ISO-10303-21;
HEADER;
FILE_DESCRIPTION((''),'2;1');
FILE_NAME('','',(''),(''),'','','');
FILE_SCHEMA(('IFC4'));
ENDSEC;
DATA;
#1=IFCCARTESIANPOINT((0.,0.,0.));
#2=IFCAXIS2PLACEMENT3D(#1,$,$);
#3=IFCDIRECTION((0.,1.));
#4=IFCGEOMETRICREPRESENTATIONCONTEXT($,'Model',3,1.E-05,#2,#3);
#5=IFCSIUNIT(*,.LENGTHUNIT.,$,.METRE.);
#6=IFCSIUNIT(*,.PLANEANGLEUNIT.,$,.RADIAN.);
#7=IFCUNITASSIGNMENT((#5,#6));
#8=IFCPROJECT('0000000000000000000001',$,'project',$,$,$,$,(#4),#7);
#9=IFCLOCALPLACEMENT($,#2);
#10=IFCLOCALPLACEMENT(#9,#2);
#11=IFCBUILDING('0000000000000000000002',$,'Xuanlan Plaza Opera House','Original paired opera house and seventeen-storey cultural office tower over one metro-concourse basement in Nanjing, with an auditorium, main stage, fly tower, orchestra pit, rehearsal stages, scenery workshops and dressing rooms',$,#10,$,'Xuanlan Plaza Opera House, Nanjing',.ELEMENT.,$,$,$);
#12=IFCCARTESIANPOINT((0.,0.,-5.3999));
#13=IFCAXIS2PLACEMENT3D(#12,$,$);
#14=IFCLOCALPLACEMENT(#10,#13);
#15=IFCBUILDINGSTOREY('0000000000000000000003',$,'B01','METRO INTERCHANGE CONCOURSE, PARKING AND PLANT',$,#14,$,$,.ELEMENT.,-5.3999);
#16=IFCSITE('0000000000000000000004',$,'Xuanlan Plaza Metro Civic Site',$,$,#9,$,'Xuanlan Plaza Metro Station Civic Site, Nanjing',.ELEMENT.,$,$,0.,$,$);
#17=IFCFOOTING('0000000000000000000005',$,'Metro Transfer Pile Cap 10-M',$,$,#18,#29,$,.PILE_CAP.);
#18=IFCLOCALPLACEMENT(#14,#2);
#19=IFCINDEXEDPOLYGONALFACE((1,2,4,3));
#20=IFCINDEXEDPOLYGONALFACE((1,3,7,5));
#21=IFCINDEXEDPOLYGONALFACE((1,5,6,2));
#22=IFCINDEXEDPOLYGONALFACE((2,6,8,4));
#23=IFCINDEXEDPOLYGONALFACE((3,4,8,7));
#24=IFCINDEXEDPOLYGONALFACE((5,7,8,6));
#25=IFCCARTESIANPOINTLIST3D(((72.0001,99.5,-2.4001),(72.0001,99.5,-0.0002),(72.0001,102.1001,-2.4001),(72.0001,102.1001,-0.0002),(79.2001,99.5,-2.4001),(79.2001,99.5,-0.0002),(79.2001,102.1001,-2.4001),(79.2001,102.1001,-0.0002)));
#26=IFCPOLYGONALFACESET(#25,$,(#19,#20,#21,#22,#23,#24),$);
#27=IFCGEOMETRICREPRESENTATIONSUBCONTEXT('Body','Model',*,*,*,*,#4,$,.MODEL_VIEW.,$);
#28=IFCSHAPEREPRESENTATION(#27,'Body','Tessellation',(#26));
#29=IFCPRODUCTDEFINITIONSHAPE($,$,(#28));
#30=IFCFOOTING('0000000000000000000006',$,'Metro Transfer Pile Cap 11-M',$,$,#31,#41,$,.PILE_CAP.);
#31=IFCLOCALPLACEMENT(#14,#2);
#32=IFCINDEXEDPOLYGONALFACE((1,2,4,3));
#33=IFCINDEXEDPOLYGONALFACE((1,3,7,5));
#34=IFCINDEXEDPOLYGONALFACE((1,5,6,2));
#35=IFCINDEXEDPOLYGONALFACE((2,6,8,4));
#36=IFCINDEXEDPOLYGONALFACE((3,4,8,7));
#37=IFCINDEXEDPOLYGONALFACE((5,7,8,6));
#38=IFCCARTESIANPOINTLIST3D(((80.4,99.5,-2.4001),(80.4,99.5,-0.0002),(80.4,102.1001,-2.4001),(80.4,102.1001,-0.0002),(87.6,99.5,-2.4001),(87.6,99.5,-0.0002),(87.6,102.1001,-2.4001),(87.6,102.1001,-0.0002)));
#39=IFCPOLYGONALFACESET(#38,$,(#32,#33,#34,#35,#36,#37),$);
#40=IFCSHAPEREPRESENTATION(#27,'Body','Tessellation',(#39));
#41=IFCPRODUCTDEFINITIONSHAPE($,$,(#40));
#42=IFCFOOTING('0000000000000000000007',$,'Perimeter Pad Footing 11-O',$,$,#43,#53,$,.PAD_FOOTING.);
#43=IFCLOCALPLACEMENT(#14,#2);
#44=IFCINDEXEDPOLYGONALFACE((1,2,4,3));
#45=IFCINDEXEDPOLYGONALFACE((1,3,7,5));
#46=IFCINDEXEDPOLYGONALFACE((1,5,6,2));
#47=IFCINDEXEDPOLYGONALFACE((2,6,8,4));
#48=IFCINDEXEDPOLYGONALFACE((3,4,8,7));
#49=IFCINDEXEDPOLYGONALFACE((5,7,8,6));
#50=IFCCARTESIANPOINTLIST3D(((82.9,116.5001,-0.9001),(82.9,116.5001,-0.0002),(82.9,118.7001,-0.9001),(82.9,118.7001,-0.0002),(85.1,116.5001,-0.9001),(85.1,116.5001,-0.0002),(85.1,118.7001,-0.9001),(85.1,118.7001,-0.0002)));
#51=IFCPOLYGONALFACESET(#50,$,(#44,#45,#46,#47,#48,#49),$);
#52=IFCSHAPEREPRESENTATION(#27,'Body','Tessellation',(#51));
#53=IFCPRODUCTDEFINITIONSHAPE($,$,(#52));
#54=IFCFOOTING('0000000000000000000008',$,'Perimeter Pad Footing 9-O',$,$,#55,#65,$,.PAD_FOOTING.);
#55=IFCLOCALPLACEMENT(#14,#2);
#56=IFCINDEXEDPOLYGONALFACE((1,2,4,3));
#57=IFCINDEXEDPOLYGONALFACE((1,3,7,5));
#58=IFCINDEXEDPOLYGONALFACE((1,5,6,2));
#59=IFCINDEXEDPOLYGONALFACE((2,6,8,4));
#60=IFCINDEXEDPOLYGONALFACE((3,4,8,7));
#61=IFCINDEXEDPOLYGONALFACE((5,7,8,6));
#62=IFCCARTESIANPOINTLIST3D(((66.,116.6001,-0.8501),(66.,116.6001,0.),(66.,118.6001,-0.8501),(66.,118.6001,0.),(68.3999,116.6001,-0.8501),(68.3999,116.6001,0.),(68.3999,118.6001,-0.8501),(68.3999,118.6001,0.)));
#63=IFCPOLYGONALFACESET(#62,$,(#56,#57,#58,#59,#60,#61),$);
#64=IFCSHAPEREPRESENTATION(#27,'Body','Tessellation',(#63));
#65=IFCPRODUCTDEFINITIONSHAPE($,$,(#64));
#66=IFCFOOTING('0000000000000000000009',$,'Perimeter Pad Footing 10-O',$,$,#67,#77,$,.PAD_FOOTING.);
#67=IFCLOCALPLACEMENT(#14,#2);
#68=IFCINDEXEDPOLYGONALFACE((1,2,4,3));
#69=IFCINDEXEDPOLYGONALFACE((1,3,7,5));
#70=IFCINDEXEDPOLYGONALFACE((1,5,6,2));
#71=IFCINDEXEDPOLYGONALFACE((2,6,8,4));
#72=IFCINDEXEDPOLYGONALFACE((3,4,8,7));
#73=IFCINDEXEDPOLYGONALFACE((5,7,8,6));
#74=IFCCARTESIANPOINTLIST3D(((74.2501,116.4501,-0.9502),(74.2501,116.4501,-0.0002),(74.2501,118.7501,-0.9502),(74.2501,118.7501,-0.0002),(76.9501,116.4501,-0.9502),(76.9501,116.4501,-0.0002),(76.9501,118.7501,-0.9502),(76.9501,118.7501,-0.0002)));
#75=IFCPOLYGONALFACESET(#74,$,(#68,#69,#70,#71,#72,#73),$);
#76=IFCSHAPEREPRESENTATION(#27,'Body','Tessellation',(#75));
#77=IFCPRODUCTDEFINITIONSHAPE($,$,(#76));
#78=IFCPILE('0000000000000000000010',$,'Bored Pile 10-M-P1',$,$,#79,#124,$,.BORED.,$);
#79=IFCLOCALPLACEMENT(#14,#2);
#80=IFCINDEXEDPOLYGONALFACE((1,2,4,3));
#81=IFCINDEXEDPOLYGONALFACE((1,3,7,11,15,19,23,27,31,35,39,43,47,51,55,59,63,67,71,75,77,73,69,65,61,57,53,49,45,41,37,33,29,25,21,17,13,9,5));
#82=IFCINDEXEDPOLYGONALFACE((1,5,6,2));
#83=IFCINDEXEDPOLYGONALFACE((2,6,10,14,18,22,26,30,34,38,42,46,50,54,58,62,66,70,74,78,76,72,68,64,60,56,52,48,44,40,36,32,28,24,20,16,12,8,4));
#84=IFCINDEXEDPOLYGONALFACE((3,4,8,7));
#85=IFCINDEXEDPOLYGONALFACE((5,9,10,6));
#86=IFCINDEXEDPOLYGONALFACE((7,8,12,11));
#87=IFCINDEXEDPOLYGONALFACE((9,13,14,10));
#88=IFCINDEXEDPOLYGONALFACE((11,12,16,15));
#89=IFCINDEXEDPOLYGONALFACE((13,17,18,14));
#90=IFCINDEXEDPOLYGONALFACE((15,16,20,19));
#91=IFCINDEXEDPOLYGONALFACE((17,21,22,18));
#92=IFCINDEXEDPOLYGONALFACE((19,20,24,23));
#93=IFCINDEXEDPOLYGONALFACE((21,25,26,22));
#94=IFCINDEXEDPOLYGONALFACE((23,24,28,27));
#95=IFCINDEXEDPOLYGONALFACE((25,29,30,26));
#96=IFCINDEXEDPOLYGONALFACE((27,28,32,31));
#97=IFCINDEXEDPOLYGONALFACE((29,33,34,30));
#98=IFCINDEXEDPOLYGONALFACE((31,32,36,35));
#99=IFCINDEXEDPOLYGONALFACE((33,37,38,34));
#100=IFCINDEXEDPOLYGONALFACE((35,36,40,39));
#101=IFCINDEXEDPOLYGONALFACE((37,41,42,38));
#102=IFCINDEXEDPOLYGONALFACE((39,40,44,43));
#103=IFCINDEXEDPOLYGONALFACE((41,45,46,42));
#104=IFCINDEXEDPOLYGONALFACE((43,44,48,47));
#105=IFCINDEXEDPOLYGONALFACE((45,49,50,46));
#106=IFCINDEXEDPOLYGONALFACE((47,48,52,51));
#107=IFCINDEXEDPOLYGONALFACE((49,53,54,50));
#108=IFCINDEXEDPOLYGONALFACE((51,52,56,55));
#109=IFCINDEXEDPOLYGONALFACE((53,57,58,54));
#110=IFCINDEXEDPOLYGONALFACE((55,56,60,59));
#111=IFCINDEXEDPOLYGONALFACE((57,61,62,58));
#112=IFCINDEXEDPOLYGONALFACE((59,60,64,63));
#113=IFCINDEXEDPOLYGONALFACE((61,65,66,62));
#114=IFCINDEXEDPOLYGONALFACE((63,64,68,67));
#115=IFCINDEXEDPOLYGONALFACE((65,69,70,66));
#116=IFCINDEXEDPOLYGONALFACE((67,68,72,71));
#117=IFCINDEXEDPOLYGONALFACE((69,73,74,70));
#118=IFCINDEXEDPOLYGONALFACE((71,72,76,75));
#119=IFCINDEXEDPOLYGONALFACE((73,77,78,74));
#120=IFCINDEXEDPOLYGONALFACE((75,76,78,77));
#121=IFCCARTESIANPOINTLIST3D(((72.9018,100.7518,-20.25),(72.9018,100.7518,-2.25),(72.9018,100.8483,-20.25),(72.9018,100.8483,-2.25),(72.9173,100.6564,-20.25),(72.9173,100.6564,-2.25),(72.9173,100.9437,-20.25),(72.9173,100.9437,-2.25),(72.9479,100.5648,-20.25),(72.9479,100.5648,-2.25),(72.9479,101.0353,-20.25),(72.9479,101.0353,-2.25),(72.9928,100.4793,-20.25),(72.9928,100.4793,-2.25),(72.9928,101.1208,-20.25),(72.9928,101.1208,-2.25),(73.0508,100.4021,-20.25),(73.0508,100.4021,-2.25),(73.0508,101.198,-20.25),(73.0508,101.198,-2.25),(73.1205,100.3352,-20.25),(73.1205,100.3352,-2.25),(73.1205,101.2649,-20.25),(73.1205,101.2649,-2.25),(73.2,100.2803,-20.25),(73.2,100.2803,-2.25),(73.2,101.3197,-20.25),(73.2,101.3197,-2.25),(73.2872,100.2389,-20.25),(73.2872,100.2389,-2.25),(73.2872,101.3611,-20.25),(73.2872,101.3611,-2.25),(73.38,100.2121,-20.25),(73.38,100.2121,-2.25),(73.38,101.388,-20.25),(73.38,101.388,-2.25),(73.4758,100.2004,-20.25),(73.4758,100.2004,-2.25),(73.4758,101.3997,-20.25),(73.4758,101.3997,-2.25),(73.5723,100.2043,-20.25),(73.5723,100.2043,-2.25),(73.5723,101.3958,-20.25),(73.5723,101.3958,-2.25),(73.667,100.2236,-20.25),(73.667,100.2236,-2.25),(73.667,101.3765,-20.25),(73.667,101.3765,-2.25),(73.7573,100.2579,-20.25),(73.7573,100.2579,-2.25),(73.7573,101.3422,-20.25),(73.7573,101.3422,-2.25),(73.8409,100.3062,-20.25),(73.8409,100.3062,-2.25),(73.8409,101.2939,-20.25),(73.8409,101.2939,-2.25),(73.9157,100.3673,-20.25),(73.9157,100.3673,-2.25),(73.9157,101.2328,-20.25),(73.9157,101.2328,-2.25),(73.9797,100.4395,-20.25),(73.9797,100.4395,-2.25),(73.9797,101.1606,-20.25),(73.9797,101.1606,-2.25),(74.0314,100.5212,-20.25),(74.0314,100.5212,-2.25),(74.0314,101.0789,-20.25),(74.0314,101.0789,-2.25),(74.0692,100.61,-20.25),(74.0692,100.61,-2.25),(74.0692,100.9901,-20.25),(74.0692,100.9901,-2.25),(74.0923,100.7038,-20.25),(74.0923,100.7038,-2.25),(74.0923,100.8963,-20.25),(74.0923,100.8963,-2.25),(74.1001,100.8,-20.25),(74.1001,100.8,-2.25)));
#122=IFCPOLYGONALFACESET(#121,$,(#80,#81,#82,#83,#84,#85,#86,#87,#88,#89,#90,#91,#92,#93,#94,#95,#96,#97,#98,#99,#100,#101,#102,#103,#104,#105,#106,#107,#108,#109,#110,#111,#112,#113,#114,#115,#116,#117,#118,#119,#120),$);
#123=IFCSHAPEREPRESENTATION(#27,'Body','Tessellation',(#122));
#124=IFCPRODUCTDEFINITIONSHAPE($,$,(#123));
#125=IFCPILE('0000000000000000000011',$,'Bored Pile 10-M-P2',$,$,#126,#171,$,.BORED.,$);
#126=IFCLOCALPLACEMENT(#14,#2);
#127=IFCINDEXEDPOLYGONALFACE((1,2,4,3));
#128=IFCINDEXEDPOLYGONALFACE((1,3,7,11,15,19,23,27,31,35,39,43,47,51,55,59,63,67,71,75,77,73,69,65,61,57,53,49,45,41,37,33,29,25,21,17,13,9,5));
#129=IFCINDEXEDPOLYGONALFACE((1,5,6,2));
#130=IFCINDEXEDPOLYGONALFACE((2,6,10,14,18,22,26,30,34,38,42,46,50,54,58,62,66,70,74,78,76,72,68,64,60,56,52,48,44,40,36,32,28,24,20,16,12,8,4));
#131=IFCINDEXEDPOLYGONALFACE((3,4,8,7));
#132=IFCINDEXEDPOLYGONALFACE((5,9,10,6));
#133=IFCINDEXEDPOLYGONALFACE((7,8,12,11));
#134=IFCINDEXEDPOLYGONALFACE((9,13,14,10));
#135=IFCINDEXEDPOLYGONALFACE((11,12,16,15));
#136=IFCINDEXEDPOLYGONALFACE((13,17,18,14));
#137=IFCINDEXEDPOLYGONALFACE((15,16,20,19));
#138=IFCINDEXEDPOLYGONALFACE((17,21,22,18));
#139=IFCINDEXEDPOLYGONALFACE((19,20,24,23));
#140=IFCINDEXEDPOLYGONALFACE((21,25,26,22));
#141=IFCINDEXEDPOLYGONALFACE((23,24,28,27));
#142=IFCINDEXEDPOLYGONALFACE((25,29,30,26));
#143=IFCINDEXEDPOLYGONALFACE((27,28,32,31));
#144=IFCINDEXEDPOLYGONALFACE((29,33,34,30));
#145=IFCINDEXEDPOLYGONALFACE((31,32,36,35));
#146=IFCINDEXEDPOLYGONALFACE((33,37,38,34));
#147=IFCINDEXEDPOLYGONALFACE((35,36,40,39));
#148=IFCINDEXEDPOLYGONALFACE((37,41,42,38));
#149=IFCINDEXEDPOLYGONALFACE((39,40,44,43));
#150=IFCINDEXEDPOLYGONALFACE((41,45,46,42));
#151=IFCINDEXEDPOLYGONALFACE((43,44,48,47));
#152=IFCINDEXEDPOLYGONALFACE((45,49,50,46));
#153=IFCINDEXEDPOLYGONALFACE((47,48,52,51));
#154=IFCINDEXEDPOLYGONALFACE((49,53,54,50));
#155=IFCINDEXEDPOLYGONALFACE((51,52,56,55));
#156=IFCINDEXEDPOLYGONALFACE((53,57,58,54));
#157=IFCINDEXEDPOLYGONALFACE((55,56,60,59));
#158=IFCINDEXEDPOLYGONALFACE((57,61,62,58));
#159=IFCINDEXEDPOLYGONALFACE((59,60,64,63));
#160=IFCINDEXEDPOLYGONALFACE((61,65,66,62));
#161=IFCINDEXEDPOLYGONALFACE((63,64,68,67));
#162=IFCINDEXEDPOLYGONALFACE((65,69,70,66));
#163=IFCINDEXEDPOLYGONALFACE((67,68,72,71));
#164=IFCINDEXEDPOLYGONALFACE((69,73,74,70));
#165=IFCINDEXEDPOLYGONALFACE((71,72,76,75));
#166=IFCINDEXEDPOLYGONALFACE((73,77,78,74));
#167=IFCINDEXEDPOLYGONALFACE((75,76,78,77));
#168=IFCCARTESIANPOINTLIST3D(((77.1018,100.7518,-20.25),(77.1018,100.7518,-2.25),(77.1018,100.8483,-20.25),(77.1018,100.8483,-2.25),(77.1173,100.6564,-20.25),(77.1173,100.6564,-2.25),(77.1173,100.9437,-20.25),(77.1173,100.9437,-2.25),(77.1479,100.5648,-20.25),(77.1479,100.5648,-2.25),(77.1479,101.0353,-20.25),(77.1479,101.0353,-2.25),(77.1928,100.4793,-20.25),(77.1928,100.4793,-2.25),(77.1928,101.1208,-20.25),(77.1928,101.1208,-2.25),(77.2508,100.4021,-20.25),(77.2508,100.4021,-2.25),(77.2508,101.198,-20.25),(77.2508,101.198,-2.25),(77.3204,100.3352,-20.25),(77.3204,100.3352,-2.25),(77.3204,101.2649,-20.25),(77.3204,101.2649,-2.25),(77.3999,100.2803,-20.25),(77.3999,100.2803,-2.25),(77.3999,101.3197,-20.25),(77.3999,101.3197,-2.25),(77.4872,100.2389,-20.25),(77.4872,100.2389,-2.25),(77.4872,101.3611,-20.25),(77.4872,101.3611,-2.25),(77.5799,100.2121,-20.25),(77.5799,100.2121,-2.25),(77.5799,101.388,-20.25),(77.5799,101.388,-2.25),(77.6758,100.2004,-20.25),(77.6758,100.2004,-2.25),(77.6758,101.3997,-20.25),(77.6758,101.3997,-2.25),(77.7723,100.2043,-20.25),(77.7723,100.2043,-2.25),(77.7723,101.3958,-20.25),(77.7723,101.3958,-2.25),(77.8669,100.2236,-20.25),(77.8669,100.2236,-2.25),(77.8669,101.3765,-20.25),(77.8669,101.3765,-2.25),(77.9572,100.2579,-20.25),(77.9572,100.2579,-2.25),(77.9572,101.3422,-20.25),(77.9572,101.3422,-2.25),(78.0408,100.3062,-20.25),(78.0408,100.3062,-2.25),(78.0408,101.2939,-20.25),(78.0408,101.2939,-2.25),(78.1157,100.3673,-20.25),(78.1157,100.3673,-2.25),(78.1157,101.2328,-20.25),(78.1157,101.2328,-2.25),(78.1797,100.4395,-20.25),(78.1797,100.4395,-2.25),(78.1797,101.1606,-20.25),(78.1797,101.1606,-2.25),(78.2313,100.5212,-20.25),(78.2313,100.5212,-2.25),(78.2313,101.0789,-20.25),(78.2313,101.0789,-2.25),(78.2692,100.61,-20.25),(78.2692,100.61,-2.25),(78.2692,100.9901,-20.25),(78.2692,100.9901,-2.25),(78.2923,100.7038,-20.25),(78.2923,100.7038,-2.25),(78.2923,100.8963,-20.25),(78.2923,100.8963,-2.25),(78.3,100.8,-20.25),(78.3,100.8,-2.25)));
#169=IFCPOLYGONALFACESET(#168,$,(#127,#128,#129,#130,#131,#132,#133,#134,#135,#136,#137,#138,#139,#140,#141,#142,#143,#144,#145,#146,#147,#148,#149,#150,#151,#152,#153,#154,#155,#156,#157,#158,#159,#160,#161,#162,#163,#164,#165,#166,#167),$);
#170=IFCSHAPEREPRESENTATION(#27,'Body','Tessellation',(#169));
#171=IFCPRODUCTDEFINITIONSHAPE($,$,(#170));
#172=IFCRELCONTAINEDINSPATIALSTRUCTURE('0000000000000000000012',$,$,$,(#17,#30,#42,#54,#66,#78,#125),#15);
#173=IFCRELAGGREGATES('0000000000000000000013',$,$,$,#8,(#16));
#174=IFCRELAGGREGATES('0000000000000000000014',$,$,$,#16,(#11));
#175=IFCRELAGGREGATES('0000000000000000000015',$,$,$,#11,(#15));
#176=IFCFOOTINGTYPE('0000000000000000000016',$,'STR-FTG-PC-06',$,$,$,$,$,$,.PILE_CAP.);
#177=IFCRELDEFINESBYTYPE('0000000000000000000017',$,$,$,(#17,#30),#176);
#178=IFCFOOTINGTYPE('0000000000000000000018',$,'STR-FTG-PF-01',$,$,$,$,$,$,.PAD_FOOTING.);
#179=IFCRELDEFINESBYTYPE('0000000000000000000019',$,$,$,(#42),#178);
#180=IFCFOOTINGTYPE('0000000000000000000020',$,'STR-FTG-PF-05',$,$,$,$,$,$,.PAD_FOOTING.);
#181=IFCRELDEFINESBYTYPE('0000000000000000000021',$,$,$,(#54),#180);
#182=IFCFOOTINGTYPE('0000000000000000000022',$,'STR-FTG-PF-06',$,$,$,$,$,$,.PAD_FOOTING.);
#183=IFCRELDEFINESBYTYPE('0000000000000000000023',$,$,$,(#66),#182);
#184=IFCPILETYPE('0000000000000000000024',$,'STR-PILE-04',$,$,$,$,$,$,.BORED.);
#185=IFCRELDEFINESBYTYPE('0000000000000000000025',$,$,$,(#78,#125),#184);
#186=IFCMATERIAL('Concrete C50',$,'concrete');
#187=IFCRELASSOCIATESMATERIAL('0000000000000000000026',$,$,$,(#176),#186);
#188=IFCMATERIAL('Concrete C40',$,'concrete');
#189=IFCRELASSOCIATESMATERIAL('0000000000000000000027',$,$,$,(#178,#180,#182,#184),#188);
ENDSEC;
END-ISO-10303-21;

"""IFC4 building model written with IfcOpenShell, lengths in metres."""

from ifc_helpers import new_model, si_unit, direction, frame, origin, origin_2d, place, context, subcontext, project, spatial, rectangle, circle, extrude, material, material_profile, profile_set, type_object, element, save


model = new_model("IFC4")

# Units and contexts
model_context = context("Model", 3, precision=1e-05, world=origin(), true_north=direction((0.0, 1.0)))
body_context = subcontext(model_context, "Body", "Model", "MODEL_VIEW")
ifc_project = project(units=[si_unit("LENGTHUNIT", "METRE"), si_unit("PLANEANGLEUNIT", "RADIAN")], contexts=[model_context])

# Site, building, storey
site_placement = place(None, origin())
site = spatial("IfcSite", under=ifc_project, at=site_placement, Name="Xuanlan Plaza Metro Civic Site", LongName="Xuanlan Plaza Metro Station Civic Site, Nanjing", CompositionType="ELEMENT", RefElevation=0.0)
building_placement = place(site_placement, origin())
building = spatial("IfcBuilding", under=site, at=building_placement, Name="Xuanlan Plaza Opera House", Description="Original paired opera house and seventeen-storey cultural office tower over one metro-concourse basement in Nanjing, with an auditorium, main stage, fly tower, orchestra pit, rehearsal stages, scenery workshops and dressing rooms", LongName="Xuanlan Plaza Opera House, Nanjing", CompositionType="ELEMENT")
storey_placement = place(building_placement, frame((0.0, 0.0, -5.3999)))
storey = spatial("IfcBuildingStorey", under=building, at=storey_placement, Name="B01", Description="METRO INTERCHANGE CONCOURSE, PARKING AND PLANT", CompositionType="ELEMENT", Elevation=-5.3999)

# Footings
ifc_material_1 = material(Name="Concrete C50", Category="concrete")
footing_type_1 = type_object("IfcFootingType", Name="STR-FTG-PC-06", PredefinedType="PILE_CAP", material=ifc_material_1)
for number, where, z_axis, x_axis, name in (
    (1, (75.6001, 100.8, -2.4001), (0.0, 0.0, 1.0), (1.0, 0.0, 0.0), "Metro Transfer Pile Cap 10-M"),
    (2, (84.0, 100.8, -2.4001), (0.0, 0.0, 1.0), (1.0, 0.0, 0.0), "Metro Transfer Pile Cap 11-M"),
):
    element("IfcFooting", number, at=place(storey_placement, frame(where, z_axis=z_axis, x_axis=x_axis)), inside=storey, type_object=footing_type_1, Name=name, PredefinedType="PILE_CAP", context=body_context, shape_type="SweptSolid", body=[
        extrude(rectangle(XDim=7.2, YDim=2.6001, at=origin_2d()), origin(), (0.0, 0.0, 1.0), 2.3999),
    ])
ifc_material_2 = material(Name="Concrete C40", Category="concrete")
footing_type_2 = type_object("IfcFootingType", Name="STR-FTG-PF-01", PredefinedType="PAD_FOOTING", material=ifc_material_2)
footing_1_placement = place(storey_placement, frame((84.0, 117.6001, -0.9001), z_axis=(0.0, 0.0, 1.0), x_axis=(1.0, 0.0, 0.0)))
element("IfcFooting", 3, at=footing_1_placement, inside=storey, type_object=footing_type_2, Name="Perimeter Pad Footing 11-O", PredefinedType="PAD_FOOTING", context=body_context, shape_type="SweptSolid", body=[
    extrude(rectangle(XDim=2.2, YDim=2.2, at=origin_2d()), origin(), (0.0, 0.0, 1.0), 0.8999),
])
footing_type_3 = type_object("IfcFootingType", Name="STR-FTG-PF-05", PredefinedType="PAD_FOOTING", material=ifc_material_2)
footing_2_placement = place(storey_placement, frame((67.2, 117.6001, -0.8501), z_axis=(0.0, 0.0, 1.0), x_axis=(1.0, 0.0, 0.0)))
element("IfcFooting", 4, at=footing_2_placement, inside=storey, type_object=footing_type_3, Name="Perimeter Pad Footing 9-O", PredefinedType="PAD_FOOTING", context=body_context, shape_type="SweptSolid", body=[
    extrude(rectangle(XDim=2.3999, YDim=2.0, at=origin_2d()), origin(), (0.0, 0.0, 1.0), 0.8501),
])
footing_type_4 = type_object("IfcFootingType", Name="STR-FTG-PF-06", PredefinedType="PAD_FOOTING", material=ifc_material_2)
footing_3_placement = place(storey_placement, frame((75.6001, 117.6001, -0.9502), z_axis=(0.0, 0.0, 1.0), x_axis=(1.0, 0.0, 0.0)))
element("IfcFooting", 5, at=footing_3_placement, inside=storey, type_object=footing_type_4, Name="Perimeter Pad Footing 10-O", PredefinedType="PAD_FOOTING", context=body_context, shape_type="SweptSolid", body=[
    extrude(rectangle(XDim=2.7, YDim=2.3, at=origin_2d()), origin(), (0.0, 0.0, 1.0), 0.95),
])

# Piles
ifc_material_profile_1 = material_profile(ifc_material_2, circle(Radius=0.6001, at=origin_2d()), Name="PILE D1200")
ifc_profile_set_1 = profile_set([ifc_material_profile_1], Name="Concrete C40")
pile_type = type_object("IfcPileType", Name="STR-PILE-04", PredefinedType="BORED", material=ifc_profile_set_1)
for number, where, z_axis, x_axis, name in (
    (6, (73.5, 100.8, -2.25), (0.0, 0.0, -1.0), (1.0, 0.0, 0.0), "Bored Pile 10-M-P1"),
    (7, (77.7, 100.8, -2.25), (0.0, 0.0, -1.0), (1.0, 0.0, 0.0), "Bored Pile 10-M-P2"),
):
    element("IfcPile", number, at=place(storey_placement, frame(where, z_axis=z_axis, x_axis=x_axis)), inside=storey, type_object=pile_type, Name=name, PredefinedType="BORED", context=body_context, shape_type="SweptSolid", body=[
        extrude(circle(Radius=0.6001, at=origin_2d()), origin(), (0.0, 0.0, 1.0), 18.0),
    ])

save(model, "model.ifc")
